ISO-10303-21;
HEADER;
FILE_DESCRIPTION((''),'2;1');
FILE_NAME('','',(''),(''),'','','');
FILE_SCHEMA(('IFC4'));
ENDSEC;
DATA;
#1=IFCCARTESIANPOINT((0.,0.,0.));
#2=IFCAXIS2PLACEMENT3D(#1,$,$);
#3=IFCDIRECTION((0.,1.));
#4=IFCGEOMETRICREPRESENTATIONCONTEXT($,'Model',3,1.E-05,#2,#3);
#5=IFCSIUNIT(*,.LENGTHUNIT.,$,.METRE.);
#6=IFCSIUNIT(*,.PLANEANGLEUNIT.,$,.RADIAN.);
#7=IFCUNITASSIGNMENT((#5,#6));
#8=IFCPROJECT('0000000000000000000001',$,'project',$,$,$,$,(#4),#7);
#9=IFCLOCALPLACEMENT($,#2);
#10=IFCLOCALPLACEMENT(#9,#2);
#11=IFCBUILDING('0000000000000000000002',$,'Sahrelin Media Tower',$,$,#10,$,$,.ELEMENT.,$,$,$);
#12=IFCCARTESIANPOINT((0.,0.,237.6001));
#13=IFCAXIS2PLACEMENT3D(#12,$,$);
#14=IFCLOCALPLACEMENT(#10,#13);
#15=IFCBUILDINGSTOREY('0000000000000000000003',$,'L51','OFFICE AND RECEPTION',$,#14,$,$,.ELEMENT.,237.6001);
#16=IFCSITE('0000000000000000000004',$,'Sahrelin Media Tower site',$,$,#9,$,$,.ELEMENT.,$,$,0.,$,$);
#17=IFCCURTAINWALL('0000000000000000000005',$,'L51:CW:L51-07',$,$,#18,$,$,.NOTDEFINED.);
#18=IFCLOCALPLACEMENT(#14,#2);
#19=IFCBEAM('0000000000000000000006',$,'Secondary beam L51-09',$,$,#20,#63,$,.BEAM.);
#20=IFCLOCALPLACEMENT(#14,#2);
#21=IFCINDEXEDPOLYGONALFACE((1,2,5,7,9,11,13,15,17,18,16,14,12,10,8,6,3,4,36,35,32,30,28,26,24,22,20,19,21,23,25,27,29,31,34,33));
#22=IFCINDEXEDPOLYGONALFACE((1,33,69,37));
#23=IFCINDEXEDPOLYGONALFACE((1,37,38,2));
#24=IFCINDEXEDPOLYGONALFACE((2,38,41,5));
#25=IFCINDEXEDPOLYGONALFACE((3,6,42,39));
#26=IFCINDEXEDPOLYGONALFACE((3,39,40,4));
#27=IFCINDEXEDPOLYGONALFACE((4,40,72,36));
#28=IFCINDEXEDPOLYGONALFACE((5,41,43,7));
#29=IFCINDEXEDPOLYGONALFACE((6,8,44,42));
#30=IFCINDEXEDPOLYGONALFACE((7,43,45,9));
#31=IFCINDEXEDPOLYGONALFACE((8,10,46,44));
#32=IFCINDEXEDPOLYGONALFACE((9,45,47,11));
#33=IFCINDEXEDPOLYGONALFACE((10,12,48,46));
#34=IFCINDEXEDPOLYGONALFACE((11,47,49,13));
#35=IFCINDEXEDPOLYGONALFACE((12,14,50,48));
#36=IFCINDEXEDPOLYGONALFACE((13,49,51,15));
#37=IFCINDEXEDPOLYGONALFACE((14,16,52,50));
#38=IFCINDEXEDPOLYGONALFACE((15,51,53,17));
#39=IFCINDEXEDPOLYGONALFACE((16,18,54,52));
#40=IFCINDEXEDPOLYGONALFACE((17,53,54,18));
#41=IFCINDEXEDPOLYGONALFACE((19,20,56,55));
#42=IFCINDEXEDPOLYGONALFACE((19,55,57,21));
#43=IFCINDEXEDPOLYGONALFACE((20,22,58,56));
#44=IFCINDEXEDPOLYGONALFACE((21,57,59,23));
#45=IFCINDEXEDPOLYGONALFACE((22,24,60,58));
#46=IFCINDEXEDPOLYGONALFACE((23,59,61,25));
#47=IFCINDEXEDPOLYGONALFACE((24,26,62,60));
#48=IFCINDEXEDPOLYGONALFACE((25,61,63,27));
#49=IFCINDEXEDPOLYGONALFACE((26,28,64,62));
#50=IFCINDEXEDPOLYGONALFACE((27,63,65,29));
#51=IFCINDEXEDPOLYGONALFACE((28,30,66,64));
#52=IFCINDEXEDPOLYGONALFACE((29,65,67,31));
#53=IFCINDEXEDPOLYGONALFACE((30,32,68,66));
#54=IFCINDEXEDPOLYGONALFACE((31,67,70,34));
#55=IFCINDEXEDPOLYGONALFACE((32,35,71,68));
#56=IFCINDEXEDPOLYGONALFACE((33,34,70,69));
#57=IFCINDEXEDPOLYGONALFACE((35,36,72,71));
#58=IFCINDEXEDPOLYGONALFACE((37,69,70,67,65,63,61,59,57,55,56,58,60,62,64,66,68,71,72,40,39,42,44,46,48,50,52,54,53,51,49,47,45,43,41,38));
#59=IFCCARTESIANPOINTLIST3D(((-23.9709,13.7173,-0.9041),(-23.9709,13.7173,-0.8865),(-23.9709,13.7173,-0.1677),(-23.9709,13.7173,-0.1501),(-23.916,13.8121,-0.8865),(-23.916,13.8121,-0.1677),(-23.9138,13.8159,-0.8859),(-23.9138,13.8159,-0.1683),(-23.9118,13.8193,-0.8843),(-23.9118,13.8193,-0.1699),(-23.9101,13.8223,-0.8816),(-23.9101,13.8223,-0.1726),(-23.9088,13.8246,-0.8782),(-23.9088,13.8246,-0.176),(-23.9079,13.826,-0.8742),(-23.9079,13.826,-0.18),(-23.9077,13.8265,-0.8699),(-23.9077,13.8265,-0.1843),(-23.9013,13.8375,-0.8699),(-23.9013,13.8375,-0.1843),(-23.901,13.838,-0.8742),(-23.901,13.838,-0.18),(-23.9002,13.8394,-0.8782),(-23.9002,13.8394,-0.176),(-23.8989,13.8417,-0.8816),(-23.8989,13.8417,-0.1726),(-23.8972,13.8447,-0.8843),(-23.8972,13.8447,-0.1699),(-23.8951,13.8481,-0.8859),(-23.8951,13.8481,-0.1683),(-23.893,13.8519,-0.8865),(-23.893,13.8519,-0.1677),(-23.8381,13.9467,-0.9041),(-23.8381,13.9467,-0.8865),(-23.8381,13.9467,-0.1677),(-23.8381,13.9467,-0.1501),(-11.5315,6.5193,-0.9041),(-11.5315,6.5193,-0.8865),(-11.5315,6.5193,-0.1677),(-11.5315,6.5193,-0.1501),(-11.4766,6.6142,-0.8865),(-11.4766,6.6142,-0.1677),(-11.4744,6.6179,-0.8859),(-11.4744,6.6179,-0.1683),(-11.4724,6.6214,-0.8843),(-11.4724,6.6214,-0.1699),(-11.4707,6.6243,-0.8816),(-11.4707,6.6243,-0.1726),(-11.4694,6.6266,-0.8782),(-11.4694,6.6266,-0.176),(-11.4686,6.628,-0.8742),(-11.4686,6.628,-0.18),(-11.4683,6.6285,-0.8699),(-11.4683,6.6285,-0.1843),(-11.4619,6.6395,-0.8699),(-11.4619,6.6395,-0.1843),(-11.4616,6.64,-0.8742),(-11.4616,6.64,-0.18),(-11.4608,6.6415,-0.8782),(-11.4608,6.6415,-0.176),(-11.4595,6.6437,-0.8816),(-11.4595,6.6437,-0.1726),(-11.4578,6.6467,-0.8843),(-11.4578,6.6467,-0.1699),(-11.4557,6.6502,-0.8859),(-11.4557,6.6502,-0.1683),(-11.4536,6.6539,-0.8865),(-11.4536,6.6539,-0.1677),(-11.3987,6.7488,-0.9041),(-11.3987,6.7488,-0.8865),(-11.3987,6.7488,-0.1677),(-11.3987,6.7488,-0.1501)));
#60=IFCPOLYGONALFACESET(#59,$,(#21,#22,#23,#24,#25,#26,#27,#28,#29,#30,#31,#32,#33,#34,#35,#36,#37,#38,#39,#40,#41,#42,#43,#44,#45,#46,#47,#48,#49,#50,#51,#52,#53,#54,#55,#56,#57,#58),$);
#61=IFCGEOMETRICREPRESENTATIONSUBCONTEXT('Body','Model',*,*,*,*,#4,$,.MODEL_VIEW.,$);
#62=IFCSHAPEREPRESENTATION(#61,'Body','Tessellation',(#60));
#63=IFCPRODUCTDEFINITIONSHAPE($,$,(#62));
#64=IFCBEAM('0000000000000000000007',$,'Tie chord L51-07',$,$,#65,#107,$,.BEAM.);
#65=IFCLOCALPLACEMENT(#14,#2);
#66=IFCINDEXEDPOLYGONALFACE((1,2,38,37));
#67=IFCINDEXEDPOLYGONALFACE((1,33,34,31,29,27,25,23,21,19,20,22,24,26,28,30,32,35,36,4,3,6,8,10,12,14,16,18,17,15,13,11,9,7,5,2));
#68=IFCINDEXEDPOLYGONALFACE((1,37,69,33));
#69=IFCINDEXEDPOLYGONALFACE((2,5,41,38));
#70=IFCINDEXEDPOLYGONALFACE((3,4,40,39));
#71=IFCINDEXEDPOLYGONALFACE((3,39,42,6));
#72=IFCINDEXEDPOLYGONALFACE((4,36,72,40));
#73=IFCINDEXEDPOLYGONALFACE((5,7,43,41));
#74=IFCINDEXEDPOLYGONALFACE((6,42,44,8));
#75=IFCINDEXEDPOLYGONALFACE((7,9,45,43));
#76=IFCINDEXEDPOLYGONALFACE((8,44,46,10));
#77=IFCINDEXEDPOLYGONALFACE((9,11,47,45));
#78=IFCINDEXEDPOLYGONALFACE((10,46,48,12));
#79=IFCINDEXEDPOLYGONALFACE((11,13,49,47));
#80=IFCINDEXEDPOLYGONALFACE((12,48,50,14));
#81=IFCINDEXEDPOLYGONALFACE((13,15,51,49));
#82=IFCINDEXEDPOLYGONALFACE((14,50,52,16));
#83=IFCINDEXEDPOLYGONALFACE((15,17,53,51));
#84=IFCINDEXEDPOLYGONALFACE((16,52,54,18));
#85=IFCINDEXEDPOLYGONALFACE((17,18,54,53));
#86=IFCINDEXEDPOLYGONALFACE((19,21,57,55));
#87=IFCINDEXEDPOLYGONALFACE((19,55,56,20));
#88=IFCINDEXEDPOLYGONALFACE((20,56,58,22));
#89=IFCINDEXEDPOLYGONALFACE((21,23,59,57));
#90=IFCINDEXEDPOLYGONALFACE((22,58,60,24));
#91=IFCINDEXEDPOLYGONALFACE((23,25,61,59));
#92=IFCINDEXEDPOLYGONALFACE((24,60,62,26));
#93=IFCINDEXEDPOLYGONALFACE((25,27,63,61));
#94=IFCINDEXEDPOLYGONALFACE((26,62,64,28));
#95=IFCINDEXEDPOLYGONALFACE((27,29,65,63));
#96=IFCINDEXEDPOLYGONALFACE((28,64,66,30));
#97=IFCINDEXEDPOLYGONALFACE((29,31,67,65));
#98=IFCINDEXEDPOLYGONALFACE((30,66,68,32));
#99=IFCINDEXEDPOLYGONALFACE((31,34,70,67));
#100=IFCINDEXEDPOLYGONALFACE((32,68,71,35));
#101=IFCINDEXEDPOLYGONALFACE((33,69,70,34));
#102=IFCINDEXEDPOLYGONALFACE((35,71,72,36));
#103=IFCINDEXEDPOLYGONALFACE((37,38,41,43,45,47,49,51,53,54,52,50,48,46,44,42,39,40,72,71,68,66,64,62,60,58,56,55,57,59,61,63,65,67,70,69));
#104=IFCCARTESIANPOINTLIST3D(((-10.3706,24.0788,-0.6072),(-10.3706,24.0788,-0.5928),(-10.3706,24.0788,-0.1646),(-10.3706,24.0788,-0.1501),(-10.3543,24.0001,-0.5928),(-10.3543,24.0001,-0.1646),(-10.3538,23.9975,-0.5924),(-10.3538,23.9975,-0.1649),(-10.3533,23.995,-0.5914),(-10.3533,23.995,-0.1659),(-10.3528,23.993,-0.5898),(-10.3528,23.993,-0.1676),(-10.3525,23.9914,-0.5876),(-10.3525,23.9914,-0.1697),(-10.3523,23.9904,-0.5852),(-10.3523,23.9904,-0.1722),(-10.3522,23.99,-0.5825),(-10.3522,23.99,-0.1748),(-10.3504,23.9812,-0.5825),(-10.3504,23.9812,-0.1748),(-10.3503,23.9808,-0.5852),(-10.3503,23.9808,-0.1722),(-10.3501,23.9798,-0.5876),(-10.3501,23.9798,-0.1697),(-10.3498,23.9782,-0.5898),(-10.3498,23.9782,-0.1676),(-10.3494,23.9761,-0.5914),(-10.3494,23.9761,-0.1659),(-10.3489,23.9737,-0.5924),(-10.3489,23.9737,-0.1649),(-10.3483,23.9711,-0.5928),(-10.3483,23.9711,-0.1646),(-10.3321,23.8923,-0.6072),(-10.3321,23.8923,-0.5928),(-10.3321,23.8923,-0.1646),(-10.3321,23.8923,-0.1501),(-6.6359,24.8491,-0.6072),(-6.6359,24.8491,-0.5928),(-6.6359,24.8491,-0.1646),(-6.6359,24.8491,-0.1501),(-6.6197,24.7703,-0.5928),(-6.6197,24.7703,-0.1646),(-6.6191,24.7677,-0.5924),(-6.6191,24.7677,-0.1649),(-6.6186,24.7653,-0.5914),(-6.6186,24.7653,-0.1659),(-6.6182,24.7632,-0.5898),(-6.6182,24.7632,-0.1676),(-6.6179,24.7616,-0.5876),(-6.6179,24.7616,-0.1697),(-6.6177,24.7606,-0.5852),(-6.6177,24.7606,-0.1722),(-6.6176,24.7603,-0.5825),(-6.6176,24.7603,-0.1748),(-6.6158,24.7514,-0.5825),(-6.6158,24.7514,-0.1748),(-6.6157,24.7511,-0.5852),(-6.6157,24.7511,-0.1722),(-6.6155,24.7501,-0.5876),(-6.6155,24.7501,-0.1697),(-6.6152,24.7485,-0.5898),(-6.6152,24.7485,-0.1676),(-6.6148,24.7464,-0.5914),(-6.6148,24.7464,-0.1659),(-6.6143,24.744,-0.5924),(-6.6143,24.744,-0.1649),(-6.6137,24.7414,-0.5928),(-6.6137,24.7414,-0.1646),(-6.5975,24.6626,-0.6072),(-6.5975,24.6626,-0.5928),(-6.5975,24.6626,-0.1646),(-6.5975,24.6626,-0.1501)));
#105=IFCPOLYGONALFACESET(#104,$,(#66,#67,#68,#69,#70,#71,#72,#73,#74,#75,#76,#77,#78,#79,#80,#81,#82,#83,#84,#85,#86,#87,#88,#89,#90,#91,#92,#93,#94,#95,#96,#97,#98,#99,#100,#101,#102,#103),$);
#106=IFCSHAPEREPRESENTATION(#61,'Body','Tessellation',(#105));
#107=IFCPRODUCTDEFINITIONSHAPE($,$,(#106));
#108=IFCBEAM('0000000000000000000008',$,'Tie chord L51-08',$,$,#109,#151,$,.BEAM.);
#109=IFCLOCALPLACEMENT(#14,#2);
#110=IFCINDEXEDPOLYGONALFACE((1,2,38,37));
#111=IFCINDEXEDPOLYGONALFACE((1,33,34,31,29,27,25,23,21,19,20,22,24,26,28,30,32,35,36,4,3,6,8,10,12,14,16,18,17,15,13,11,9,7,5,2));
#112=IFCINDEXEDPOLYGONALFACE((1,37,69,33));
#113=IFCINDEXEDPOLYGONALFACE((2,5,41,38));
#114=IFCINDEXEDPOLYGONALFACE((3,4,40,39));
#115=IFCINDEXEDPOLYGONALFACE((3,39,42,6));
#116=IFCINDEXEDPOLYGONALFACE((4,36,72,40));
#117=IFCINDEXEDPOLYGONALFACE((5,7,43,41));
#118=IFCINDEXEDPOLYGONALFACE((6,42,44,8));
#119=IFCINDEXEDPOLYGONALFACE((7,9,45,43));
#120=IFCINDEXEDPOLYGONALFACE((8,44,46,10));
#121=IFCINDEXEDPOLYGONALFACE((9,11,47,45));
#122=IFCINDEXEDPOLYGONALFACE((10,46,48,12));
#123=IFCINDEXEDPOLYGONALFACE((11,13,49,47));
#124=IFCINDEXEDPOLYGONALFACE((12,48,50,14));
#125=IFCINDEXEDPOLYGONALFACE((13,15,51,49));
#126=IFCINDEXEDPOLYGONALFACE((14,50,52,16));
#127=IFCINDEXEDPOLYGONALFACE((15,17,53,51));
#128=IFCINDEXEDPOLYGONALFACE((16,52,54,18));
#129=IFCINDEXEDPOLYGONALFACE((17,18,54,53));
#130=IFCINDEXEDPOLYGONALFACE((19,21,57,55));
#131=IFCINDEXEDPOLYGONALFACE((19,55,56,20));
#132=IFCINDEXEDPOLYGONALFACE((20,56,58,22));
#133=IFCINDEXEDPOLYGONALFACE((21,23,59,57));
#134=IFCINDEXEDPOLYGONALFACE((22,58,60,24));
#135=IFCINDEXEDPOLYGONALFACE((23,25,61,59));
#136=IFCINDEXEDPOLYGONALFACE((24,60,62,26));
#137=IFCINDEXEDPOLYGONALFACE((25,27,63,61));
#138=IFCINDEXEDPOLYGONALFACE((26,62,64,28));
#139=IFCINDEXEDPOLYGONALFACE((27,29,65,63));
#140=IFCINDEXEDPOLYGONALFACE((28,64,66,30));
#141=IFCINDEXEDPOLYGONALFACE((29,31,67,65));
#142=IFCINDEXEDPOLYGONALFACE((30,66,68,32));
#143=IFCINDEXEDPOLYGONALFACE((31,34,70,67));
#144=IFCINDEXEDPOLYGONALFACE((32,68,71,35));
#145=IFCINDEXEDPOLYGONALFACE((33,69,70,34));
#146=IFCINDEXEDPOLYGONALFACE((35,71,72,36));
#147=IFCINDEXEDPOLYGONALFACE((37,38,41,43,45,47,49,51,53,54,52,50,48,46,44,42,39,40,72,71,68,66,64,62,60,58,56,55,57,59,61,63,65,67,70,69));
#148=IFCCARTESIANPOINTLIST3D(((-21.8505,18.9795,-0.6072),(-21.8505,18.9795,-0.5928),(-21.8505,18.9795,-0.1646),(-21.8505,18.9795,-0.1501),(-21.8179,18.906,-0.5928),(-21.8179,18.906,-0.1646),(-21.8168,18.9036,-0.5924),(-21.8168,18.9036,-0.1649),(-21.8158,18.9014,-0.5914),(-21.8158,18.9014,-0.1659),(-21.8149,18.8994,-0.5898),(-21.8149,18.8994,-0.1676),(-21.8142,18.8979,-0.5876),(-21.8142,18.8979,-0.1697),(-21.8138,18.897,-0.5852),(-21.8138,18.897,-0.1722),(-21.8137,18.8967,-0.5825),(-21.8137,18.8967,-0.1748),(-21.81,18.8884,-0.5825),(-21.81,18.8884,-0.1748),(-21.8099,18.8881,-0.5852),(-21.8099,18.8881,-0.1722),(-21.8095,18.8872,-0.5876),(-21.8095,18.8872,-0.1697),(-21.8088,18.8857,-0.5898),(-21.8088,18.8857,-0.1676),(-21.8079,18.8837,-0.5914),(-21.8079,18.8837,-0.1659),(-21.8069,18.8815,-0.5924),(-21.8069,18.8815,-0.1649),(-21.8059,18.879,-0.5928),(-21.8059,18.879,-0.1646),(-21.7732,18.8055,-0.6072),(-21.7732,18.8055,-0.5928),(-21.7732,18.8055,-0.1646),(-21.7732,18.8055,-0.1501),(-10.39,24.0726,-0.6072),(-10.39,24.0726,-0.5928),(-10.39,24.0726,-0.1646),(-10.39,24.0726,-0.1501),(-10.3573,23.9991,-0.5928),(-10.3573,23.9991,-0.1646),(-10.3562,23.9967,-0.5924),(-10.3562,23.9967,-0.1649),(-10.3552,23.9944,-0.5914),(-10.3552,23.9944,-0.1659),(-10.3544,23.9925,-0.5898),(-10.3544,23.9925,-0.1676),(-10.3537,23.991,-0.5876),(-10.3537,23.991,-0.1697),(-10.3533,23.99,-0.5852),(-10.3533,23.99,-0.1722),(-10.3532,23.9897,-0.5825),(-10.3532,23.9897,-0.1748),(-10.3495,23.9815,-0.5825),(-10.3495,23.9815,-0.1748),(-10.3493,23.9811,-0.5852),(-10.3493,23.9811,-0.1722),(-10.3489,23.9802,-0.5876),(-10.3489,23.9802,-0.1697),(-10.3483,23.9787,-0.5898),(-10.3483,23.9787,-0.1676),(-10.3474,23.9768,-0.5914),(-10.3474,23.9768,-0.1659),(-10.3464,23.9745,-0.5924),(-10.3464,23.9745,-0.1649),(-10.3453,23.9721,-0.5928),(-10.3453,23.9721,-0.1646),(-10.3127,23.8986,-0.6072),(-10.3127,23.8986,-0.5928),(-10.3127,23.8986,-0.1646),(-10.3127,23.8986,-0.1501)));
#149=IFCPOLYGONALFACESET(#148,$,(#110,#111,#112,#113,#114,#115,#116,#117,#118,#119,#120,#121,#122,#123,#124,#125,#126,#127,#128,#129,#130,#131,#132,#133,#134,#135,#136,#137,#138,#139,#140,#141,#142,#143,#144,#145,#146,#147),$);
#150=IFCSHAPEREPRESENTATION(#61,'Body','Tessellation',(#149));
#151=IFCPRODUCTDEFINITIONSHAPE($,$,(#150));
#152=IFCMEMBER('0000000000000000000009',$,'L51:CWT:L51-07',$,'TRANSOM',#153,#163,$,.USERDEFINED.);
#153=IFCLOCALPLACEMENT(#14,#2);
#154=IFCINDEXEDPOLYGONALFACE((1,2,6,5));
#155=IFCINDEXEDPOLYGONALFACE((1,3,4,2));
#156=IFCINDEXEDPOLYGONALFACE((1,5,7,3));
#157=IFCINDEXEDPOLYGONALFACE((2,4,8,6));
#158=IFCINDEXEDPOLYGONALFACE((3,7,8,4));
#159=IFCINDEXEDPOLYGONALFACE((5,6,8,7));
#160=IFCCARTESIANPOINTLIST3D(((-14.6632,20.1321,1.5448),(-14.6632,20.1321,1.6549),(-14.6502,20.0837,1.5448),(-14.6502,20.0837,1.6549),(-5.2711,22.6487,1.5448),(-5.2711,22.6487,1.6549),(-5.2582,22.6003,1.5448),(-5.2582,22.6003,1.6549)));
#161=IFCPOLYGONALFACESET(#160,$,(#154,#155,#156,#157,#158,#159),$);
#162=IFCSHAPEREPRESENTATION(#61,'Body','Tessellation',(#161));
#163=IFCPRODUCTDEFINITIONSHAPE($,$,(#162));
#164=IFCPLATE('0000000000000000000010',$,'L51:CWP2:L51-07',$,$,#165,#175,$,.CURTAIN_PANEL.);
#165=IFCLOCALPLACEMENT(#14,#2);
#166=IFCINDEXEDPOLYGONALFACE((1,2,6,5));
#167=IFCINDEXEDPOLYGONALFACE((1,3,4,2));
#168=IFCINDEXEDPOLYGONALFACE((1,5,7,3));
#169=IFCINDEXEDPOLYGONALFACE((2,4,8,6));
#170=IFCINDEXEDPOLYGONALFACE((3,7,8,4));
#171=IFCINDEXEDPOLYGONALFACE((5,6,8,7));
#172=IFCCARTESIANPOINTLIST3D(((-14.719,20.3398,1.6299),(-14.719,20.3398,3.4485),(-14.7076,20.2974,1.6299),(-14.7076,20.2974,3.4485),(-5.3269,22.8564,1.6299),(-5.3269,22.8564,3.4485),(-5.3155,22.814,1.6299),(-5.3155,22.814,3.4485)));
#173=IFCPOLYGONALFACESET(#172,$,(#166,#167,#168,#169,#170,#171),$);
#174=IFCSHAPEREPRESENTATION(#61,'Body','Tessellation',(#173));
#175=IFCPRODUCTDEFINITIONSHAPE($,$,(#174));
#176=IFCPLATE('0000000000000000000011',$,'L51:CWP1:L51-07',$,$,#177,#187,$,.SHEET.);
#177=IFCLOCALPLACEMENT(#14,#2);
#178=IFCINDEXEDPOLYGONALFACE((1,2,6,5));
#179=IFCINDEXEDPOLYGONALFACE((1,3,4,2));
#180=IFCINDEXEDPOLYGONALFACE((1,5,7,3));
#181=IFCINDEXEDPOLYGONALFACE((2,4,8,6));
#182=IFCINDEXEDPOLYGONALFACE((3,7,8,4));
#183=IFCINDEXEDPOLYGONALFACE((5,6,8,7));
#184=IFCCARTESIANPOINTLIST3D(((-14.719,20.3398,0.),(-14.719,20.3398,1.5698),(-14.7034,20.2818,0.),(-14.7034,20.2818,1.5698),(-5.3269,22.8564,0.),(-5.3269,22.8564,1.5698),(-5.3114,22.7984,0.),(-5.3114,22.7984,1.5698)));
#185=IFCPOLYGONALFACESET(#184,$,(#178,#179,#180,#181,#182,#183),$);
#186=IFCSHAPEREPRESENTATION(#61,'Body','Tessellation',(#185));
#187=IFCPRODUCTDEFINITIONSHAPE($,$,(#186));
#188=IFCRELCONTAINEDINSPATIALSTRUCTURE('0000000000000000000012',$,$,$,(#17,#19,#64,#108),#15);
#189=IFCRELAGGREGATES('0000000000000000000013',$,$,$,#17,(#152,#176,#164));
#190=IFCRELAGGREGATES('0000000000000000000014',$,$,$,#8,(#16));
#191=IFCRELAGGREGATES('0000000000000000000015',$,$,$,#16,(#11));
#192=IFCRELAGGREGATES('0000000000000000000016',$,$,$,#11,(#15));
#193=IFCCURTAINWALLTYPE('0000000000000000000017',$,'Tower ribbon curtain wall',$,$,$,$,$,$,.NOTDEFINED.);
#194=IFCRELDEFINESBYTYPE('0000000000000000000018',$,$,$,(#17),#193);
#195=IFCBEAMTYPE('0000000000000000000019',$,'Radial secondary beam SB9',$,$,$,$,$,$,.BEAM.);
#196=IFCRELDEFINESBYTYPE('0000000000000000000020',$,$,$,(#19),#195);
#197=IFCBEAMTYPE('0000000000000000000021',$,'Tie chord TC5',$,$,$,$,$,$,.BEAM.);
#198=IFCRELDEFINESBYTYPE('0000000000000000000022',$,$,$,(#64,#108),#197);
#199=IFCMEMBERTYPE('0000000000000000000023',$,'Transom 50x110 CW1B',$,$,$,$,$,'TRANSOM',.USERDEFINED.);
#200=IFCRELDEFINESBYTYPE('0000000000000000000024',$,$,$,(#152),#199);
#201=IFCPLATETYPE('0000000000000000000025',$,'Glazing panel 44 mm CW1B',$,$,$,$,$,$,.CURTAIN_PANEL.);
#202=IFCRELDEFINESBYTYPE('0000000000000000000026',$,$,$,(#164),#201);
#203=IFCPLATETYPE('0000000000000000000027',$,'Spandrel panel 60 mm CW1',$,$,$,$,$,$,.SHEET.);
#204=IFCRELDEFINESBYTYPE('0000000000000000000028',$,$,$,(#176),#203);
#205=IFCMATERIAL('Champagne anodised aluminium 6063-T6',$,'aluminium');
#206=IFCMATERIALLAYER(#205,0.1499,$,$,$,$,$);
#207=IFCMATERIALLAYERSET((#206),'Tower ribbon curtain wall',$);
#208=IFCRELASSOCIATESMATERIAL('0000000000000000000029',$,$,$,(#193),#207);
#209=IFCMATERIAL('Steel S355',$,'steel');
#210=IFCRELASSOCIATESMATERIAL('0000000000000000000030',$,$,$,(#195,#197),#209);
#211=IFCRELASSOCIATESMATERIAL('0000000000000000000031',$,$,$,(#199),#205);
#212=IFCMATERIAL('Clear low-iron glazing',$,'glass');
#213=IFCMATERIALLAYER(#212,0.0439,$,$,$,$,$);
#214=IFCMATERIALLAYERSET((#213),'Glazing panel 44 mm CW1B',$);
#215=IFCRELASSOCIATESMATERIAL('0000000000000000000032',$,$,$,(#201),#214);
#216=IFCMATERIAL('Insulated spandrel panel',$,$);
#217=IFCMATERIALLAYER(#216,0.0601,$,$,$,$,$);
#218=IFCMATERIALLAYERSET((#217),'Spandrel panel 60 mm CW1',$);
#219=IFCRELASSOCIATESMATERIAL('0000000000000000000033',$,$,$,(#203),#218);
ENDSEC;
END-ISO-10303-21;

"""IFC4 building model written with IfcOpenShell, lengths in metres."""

from ifc_helpers import new_model, si_unit, direction, frame, origin, origin_2d, place, context, subcontext, project, spatial, polyline, rectangle, i_section, outline, extrude, material, layer, layer_set, material_profile, profile_set, type_object, element, aggregate, save


model = new_model("IFC4")

# Units and contexts
model_context = context("Model", 3, precision=1e-05, world=origin(), true_north=direction((0.0, 1.0)))
body_context = subcontext(model_context, "Body", "Model", "MODEL_VIEW")
ifc_project = project(units=[si_unit("LENGTHUNIT", "METRE"), si_unit("PLANEANGLEUNIT", "RADIAN")], contexts=[model_context])

# Site, building, storey
site_placement = place(None, origin())
site = spatial("IfcSite", under=ifc_project, at=site_placement, Name="Sahrelin Media Tower site", CompositionType="ELEMENT", RefElevation=0.0)
building_placement = place(site_placement, origin())
building = spatial("IfcBuilding", under=site, at=building_placement, Name="Sahrelin Media Tower", CompositionType="ELEMENT")
storey_placement = place(building_placement, frame((0.0, 0.0, 237.6001)))
storey = spatial("IfcBuildingStorey", under=building, at=storey_placement, Name="L51", Description="OFFICE AND RECEPTION", CompositionType="ELEMENT", Elevation=237.6001)

# Shared definitions
ifc_material_1 = material(Name="Steel S355", Category="steel")

# Curtain wall
ifc_material_2 = material(Name="Champagne anodised aluminium 6063-T6", Category="aluminium")
ifc_layer_1 = layer(ifc_material_2, 0.1499)
ifc_layer_set_1 = layer_set([ifc_layer_1], Name="Tower ribbon curtain wall")
curtain_wall_type = type_object("IfcCurtainWallType", Name="Tower ribbon curtain wall", PredefinedType="NOTDEFINED", material=ifc_layer_set_1)
curtain_wall_1_placement = place(storey_placement, frame((-10.0176, 21.5786, 0.0), z_axis=(0.0, 0.0, 1.0), x_axis=(1.0, 0.0, 0.0)))
curtain_wall_1 = element("IfcCurtainWall", 1, at=curtain_wall_1_placement, inside=storey, type_object=curtain_wall_type, Name="L51:CW:L51-07", PredefinedType="NOTDEFINED")

# Beams
ifc_material_profile_1 = material_profile(ifc_material_1, i_section(OverallWidth=0.2651, OverallDepth=0.7539, WebThickness=0.0127, FlangeThickness=0.0176, FilletRadius=0.0166, at=origin_2d()), Name="UB 762x267x147")
ifc_profile_set_1 = profile_set([ifc_material_profile_1], Name="Steel S355")
beam_type_1 = type_object("IfcBeamType", Name="Radial secondary beam SB9", PredefinedType="BEAM", material=ifc_profile_set_1)
beam_1_placement = place(storey_placement, frame((-11.4651, 6.634, -0.5271), z_axis=(-0.865541, 0.500839, 0.0), x_axis=(-0.500839, -0.865541, 0.0)))
element("IfcBeam", 2, at=beam_1_placement, inside=storey, type_object=beam_type_1, Name="Secondary beam L51-09", PredefinedType="BEAM", context=body_context, shape_type="SweptSolid", body=[
    extrude(i_section(OverallWidth=0.2651, OverallDepth=0.7539, WebThickness=0.0127, FlangeThickness=0.0176, FilletRadius=0.0166, at=origin_2d()), origin(), (0.0, 0.0, 1.0), 14.3718),
])
ifc_material_profile_2 = material_profile(ifc_material_1, i_section(OverallWidth=0.1904, OverallDepth=0.457, WebThickness=0.009, FlangeThickness=0.0144, FilletRadius=0.0103, at=origin_2d()), Name="UB 457x191x74")
ifc_profile_set_2 = profile_set([ifc_material_profile_2], Name="Steel S355")
beam_type_2 = type_object("IfcBeamType", Name="Tie chord TC5", PredefinedType="BEAM", material=ifc_profile_set_2)
beam_2_placement = place(storey_placement, frame((-6.6167, 24.7559, -0.3787), z_axis=(-0.979386, -0.201998, 0.0), x_axis=(0.201998, -0.979386, 0.0)))
element("IfcBeam", 3, at=beam_2_placement, inside=storey, type_object=beam_type_2, Name="Tie chord L51-07", PredefinedType="BEAM", context=body_context, shape_type="SweptSolid", body=[
    extrude(i_section(OverallWidth=0.1904, OverallDepth=0.457, WebThickness=0.009, FlangeThickness=0.0144, FilletRadius=0.0103, at=origin_2d()), origin(), (0.0, 0.0, 1.0), 3.8132),
])
beam_3_placement = place(storey_placement, frame((-10.3513, 23.9856, -0.3787), z_axis=(-0.913827, -0.406104, 0.0), x_axis=(0.406104, -0.913827, 0.0)))
element("IfcBeam", 4, at=beam_3_placement, inside=storey, type_object=beam_type_2, Name="Tie chord L51-08", PredefinedType="BEAM", context=body_context, shape_type="SweptSolid", body=[
    extrude(i_section(OverallWidth=0.1904, OverallDepth=0.457, WebThickness=0.009, FlangeThickness=0.0144, FilletRadius=0.0103, at=origin_2d()), origin(), (0.0, 0.0, 1.0), 12.5413),
])

# Member
ifc_material_profile_3 = material_profile(ifc_material_2, rectangle(XDim=0.05, YDim=0.1101, at=origin_2d()), Name="Transom 50x110")
ifc_profile_set_3 = profile_set([ifc_material_profile_3], Name="Champagne anodised aluminium 6063-T6")
member_type_1 = type_object("IfcMemberType", Name="Transom 50x110 CW1B", ElementType="TRANSOM", PredefinedType="USERDEFINED", material=ifc_profile_set_3)
member_1_placement = place(storey_placement, frame((-5.2646, 22.6245, 1.5999), z_axis=(-0.965926, -0.258819, 0.0), x_axis=(0.258819, -0.965926, 0.0)))
member_1 = element("IfcMember", 5, at=member_1_placement, type_object=member_type_1, Name="L51:CWT:L51-07", ObjectType="TRANSOM", PredefinedType="USERDEFINED", context=body_context, shape_type="SweptSolid", body=[
    extrude(rectangle(XDim=0.05, YDim=0.1101, at=origin_2d()), origin(), (0.0, 0.0, 1.0), 9.7234),
])

# Plates
ifc_material_3 = material(Name="Clear low-iron glazing", Category="glass")
ifc_layer_2 = layer(ifc_material_3, 0.0439)
ifc_layer_set_2 = layer_set([ifc_layer_2], Name="Glazing panel 44 mm CW1B")
plate_type_1 = type_object("IfcPlateType", Name="Glazing panel 44 mm CW1B", PredefinedType="CURTAIN_PANEL", material=ifc_layer_set_2)
plate_1_placement = place(storey_placement, frame((-5.3269, 22.8564, 1.6299), z_axis=(-0.258819, 0.965926, 0.0), x_axis=(-0.965926, -0.258819, 0.0)))
plate_1 = element("IfcPlate", 6, at=plate_1_placement, type_object=plate_type_1, Name="L51:CWP2:L51-07", PredefinedType="CURTAIN_PANEL", context=body_context, shape_type="SweptSolid", body=[
    extrude(outline(polyline([(0.0, 0.0), (9.7234, 0.0), (9.7234, 1.8186), (0.0, 1.8186), (0.0, 0.0)])), origin(), (0.0, 0.0, -1.0), 0.0439),
])
ifc_material_4 = material(Name="Insulated spandrel panel")
ifc_layer_3 = layer(ifc_material_4, 0.0601)
ifc_layer_set_3 = layer_set([ifc_layer_3], Name="Spandrel panel 60 mm CW1")
plate_type_2 = type_object("IfcPlateType", Name="Spandrel panel 60 mm CW1", PredefinedType="SHEET", material=ifc_layer_set_3)
plate_2_placement = place(storey_placement, frame((-5.3269, 22.8564, 0.0), z_axis=(-0.258819, 0.965926, 0.0), x_axis=(-0.965926, -0.258819, 0.0)))
plate_2 = element("IfcPlate", 7, at=plate_2_placement, type_object=plate_type_2, Name="L51:CWP1:L51-07", PredefinedType="SHEET", context=body_context, shape_type="SweptSolid", body=[
    extrude(outline(polyline([(0.0, 0.0), (9.7234, 0.0), (9.7234, 1.5698), (0.0, 1.5698), (0.0, 0.0)])), origin(), (0.0, 0.0, -1.0), 0.0601),
])
aggregate(curtain_wall_1, [member_1, plate_2, plate_1])

save(model, "model.ifc")
